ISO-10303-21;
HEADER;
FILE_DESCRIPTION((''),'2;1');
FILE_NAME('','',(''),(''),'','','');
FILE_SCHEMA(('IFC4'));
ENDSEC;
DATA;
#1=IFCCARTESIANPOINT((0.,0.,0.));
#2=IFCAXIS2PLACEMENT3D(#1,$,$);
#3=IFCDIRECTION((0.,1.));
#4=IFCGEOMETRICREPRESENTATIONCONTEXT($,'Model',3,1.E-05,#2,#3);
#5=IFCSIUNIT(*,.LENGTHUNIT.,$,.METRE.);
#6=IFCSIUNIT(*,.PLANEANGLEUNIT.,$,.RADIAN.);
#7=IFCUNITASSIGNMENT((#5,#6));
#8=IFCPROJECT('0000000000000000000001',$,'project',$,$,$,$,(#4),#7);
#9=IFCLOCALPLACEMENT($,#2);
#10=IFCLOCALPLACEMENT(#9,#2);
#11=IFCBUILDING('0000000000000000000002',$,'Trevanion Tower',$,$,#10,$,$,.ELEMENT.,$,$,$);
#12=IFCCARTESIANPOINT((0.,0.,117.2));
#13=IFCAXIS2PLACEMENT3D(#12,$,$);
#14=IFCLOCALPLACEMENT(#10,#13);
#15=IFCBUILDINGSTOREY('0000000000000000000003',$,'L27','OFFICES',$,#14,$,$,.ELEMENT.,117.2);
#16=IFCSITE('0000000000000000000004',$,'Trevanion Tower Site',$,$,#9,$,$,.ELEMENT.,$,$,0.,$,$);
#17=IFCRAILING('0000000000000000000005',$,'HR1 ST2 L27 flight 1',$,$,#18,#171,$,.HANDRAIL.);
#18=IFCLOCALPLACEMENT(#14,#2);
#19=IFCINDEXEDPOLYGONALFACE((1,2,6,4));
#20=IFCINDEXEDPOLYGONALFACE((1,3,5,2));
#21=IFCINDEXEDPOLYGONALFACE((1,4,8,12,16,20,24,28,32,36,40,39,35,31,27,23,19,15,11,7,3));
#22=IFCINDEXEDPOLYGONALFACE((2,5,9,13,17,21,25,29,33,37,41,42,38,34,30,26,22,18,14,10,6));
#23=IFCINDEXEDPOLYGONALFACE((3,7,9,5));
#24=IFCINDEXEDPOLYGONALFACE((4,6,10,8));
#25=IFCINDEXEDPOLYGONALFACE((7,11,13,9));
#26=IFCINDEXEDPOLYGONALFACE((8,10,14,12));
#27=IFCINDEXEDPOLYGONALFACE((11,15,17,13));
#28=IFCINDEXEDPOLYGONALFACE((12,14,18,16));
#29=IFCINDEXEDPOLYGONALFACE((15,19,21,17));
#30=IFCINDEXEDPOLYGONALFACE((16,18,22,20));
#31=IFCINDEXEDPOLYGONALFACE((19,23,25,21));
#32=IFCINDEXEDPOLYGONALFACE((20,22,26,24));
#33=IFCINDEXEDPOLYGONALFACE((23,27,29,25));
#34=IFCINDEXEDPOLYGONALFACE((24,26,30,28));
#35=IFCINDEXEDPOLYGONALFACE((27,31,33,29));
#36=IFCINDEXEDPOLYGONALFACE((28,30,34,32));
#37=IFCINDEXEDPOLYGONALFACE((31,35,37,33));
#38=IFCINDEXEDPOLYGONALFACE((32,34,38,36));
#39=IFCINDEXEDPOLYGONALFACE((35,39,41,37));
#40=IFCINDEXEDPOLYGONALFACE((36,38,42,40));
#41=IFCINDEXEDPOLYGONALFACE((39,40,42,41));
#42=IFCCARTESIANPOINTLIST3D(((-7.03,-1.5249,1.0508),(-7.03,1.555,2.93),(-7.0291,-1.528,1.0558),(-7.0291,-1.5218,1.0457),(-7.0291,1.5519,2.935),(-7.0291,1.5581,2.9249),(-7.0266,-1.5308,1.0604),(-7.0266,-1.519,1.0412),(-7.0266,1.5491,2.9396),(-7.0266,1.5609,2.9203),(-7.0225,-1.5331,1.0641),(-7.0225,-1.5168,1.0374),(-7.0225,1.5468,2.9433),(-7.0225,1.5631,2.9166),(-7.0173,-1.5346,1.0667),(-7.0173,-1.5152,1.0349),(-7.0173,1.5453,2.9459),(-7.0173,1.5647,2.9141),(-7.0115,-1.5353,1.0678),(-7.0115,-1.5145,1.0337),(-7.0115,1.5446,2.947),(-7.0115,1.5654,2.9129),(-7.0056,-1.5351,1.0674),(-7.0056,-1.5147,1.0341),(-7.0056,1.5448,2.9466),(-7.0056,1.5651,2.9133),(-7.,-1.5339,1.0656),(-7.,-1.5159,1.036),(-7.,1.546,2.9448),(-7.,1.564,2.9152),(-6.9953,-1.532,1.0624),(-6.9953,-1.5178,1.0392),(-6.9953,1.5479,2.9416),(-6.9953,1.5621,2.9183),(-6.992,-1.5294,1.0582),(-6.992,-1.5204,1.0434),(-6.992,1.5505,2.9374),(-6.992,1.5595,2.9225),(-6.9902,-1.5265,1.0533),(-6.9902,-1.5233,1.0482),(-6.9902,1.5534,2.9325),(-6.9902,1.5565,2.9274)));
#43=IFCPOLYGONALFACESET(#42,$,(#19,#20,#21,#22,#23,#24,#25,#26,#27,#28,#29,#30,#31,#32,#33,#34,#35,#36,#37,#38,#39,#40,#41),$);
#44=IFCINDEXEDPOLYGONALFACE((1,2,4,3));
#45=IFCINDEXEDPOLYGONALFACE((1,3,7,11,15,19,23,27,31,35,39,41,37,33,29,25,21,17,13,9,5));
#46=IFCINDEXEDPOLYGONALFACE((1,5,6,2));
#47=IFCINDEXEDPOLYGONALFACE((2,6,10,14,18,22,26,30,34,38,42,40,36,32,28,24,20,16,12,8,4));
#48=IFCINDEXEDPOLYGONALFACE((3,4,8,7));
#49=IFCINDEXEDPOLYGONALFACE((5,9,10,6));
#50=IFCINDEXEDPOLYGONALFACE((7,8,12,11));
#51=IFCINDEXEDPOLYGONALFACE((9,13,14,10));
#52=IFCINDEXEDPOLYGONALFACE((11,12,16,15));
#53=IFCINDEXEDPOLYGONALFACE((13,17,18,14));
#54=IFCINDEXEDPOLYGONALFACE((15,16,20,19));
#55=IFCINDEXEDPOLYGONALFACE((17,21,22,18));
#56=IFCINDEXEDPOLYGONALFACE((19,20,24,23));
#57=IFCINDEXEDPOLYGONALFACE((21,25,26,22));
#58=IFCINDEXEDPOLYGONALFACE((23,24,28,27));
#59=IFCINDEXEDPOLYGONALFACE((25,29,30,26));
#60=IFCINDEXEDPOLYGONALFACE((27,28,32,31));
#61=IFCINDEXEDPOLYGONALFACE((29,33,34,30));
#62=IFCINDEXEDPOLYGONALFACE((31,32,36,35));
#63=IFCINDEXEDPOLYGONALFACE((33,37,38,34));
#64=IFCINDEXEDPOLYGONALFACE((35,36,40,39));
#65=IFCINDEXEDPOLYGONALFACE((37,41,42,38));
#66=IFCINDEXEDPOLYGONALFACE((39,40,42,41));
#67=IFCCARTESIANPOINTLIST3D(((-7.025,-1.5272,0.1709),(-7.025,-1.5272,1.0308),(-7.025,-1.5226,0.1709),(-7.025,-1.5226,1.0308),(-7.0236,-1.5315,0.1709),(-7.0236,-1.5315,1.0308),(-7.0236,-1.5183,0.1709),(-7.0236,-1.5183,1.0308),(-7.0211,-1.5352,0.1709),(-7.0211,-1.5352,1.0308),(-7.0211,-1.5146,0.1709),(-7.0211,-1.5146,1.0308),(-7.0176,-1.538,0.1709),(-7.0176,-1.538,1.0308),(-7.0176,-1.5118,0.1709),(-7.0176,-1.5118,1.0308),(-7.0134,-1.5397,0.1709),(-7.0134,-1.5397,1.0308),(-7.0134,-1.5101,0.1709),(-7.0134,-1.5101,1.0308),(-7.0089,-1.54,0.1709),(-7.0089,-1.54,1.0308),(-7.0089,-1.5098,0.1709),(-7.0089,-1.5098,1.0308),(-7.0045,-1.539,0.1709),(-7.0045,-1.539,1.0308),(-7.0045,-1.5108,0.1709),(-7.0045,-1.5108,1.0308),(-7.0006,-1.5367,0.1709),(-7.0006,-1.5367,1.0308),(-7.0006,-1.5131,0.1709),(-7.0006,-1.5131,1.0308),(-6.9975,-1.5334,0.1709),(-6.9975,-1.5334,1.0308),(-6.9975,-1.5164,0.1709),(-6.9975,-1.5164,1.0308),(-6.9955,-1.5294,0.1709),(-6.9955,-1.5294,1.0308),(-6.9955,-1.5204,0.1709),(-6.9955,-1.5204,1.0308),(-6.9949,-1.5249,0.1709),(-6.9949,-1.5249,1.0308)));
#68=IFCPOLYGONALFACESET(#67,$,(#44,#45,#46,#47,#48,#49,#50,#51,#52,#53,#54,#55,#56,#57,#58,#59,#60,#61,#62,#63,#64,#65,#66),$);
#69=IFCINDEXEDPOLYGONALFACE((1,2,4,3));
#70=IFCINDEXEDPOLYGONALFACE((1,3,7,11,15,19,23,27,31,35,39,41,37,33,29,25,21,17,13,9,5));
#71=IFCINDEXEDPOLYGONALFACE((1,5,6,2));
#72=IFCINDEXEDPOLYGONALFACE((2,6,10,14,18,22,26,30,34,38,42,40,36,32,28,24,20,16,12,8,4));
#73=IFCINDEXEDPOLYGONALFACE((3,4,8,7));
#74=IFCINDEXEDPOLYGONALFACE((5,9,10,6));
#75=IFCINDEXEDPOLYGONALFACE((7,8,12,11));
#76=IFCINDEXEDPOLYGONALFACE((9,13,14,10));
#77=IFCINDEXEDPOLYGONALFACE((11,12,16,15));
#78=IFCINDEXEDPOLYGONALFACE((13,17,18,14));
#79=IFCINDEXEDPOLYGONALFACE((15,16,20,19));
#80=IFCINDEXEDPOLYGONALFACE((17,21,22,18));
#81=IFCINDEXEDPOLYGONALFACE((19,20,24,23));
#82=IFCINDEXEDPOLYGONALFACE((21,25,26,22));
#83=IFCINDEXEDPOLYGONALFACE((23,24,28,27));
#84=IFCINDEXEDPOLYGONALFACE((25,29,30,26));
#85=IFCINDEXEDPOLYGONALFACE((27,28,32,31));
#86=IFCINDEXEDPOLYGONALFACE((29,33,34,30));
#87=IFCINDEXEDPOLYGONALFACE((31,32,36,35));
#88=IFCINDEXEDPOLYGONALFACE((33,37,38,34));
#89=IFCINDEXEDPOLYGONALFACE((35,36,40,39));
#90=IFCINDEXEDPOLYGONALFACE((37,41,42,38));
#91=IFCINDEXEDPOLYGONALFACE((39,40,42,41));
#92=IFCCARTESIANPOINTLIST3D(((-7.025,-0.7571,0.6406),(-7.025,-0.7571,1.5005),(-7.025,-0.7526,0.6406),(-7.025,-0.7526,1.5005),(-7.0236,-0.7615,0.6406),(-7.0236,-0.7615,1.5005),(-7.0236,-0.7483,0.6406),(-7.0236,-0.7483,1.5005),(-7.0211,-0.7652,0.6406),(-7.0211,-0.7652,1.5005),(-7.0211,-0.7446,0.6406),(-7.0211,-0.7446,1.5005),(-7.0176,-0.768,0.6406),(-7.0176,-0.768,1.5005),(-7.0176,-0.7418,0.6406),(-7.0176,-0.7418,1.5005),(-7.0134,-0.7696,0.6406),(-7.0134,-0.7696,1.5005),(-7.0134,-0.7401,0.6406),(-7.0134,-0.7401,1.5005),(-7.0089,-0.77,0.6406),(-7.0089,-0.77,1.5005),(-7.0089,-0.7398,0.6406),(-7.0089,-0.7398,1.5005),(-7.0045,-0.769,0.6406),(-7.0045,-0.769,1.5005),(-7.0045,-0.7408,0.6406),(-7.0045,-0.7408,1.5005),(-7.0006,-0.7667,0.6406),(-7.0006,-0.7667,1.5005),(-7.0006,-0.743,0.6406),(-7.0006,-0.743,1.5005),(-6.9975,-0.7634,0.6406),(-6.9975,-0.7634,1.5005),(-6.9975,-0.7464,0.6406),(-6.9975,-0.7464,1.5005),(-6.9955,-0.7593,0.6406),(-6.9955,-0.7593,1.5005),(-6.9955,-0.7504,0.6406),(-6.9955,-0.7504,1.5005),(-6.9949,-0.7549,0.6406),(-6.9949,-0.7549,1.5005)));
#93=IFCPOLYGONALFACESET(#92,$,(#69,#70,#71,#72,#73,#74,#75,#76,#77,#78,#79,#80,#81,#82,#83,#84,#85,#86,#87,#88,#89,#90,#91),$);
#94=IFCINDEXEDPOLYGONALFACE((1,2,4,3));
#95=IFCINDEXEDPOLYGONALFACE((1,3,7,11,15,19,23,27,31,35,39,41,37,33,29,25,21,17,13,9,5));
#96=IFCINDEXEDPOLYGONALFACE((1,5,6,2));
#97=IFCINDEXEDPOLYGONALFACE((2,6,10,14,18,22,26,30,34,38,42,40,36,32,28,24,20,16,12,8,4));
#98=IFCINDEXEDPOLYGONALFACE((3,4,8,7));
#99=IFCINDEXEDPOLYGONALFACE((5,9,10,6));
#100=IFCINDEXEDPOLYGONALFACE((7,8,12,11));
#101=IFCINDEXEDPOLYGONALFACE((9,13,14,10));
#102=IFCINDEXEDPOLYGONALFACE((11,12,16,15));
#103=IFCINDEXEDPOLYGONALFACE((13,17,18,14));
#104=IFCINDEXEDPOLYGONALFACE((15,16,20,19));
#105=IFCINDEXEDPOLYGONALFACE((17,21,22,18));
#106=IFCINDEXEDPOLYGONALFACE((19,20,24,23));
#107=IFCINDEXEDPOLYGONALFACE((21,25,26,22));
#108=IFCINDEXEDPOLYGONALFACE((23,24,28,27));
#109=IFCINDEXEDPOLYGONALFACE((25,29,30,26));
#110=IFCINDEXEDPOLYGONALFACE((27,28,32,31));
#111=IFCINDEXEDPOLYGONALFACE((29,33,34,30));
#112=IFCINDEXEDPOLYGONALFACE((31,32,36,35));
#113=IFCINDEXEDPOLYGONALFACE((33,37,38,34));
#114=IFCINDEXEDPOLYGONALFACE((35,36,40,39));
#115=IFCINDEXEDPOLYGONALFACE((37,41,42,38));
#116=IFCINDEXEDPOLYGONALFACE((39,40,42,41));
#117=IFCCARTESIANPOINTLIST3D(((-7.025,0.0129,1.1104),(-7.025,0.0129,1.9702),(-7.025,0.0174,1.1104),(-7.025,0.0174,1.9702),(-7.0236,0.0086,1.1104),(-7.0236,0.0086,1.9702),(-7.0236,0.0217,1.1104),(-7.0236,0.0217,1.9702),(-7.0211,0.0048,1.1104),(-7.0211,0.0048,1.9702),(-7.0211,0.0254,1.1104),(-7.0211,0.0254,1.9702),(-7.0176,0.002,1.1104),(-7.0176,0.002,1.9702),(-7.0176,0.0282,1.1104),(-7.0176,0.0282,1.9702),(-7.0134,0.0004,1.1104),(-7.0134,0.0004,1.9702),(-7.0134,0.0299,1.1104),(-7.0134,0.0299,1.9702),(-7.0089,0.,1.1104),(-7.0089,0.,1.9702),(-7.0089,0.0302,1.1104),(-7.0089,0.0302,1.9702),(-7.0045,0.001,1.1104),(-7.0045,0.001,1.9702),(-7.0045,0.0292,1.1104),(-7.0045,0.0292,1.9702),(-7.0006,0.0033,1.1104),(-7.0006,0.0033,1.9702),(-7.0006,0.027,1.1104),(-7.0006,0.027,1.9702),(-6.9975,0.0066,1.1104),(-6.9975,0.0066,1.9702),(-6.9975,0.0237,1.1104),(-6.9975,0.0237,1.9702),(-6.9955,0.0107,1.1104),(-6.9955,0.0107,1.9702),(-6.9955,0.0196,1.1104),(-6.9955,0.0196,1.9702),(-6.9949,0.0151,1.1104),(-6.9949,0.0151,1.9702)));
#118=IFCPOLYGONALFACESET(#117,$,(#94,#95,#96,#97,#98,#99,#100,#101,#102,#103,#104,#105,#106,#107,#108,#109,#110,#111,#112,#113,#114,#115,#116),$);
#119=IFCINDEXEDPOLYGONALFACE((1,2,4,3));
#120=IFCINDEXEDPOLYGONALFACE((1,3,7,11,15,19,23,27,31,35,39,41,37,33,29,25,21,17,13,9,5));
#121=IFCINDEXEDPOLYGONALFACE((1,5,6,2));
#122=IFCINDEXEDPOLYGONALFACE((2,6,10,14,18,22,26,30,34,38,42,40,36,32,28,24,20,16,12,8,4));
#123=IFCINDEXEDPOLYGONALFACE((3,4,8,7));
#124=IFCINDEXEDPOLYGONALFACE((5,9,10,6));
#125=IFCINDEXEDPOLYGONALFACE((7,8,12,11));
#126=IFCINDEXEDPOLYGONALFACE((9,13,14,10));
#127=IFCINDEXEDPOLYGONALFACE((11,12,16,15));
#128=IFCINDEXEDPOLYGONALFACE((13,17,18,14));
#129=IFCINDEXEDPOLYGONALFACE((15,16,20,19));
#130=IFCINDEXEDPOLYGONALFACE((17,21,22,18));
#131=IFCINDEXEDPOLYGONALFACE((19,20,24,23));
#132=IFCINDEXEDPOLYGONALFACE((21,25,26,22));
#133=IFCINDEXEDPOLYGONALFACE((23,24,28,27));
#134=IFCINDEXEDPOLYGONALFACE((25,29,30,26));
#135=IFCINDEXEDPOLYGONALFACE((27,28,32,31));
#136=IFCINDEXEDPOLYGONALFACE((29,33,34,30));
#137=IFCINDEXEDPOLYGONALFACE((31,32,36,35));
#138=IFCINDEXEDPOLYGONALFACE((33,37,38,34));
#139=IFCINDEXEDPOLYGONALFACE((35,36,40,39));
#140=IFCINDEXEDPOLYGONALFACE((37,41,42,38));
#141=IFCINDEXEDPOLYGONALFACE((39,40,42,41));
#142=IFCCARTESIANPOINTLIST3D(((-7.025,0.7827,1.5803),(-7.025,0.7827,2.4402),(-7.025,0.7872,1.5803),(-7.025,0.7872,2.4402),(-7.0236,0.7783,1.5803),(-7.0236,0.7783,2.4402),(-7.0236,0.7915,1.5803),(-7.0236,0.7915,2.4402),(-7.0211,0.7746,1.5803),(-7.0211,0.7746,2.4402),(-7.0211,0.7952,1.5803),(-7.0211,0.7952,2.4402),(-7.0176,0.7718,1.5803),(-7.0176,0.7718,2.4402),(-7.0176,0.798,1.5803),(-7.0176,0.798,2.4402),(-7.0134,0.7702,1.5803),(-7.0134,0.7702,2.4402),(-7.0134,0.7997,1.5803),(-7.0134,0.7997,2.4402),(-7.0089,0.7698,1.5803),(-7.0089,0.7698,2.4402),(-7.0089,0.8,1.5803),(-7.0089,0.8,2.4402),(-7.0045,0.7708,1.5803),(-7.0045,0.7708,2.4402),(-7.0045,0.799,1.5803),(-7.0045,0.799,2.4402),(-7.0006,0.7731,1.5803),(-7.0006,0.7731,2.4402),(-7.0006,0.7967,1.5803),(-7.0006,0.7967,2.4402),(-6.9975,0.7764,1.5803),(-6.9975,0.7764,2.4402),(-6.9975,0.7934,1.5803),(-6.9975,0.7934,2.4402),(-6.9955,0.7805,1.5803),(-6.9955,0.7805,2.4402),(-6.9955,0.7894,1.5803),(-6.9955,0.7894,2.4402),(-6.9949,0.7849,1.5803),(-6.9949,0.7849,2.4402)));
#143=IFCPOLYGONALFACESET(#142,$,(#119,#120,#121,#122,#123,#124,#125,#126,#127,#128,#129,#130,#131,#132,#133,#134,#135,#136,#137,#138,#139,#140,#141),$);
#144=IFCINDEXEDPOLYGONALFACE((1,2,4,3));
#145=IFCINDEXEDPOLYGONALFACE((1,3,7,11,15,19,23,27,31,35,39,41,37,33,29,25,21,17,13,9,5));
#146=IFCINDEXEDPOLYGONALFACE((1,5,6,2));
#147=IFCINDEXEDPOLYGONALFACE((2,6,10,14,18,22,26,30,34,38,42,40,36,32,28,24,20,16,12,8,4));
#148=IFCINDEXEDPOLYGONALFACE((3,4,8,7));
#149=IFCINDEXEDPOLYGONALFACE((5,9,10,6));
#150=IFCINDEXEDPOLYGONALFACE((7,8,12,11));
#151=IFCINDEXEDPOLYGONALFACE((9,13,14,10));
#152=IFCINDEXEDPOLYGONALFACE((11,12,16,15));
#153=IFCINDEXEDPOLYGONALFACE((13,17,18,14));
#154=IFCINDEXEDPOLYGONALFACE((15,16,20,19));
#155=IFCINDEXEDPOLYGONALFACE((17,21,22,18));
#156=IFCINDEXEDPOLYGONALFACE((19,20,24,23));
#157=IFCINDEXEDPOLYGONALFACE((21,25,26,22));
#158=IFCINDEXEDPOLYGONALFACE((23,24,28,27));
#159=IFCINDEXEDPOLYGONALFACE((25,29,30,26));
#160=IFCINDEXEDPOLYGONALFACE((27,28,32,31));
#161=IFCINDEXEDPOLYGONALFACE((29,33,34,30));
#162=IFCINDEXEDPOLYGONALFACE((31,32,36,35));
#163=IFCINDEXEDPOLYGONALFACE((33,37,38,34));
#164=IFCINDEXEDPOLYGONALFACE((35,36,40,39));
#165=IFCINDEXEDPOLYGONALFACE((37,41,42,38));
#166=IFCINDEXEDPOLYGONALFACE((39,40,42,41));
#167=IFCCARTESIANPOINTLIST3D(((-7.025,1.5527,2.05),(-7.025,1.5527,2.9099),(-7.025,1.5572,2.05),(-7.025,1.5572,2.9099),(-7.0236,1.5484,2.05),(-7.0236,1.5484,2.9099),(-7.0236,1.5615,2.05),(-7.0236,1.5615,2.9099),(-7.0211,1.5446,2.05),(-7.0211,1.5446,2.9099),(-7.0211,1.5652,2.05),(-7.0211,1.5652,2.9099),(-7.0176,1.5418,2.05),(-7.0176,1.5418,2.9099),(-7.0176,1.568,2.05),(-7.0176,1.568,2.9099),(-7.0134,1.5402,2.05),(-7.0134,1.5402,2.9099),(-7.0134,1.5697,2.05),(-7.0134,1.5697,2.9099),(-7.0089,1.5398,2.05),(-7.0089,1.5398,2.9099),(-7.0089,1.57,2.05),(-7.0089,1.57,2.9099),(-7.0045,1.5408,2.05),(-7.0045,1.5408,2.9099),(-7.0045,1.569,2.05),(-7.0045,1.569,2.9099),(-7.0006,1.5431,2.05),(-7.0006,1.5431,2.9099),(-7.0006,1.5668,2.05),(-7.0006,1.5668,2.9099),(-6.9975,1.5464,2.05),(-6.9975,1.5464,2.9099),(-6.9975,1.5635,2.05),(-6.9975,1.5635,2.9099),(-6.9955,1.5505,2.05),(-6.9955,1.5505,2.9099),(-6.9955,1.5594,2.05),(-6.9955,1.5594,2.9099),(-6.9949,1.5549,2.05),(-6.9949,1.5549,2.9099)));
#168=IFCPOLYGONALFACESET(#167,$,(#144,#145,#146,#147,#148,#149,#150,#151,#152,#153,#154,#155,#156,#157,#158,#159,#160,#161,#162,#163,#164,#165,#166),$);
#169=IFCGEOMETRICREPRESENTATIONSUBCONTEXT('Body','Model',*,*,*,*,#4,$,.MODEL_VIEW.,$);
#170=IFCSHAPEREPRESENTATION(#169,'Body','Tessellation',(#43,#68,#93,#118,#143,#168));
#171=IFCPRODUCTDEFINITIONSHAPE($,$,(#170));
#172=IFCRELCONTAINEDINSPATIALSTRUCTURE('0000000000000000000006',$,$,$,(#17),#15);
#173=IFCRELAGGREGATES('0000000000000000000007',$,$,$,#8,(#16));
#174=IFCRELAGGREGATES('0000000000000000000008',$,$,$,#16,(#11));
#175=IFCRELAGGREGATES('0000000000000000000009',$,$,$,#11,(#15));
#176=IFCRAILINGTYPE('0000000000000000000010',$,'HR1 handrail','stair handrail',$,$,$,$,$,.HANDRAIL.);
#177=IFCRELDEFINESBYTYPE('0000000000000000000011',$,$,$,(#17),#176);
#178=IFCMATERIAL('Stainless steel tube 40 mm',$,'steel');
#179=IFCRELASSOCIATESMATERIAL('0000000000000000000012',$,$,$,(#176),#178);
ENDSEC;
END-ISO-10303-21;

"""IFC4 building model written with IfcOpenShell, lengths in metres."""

from ifc_helpers import new_model, si_unit, direction, frame, origin, origin_2d, place, context, subcontext, project, spatial, circle, extrude, material, type_object, element, save


model = new_model("IFC4")

# Units and contexts
model_context = context("Model", 3, precision=1e-05, world=origin(), true_north=direction((0.0, 1.0)))
body_context = subcontext(model_context, "Body", "Model", "MODEL_VIEW")
ifc_project = project(units=[si_unit("LENGTHUNIT", "METRE"), si_unit("PLANEANGLEUNIT", "RADIAN")], contexts=[model_context])

# Site, building, storey
site_placement = place(None, origin())
site = spatial("IfcSite", under=ifc_project, at=site_placement, Name="Trevanion Tower Site", CompositionType="ELEMENT", RefElevation=0.0)
building_placement = place(site_placement, origin())
building = spatial("IfcBuilding", under=site, at=building_placement, Name="Trevanion Tower", CompositionType="ELEMENT")
storey_placement = place(building_placement, frame((0.0, 0.0, 117.2)))
storey = spatial("IfcBuildingStorey", under=building, at=storey_placement, Name="L27", Description="OFFICES", CompositionType="ELEMENT", Elevation=117.2)

# Railing
ifc_material_1 = material(Name="Stainless steel tube 40 mm", Category="steel")
railing_type = type_object("IfcRailingType", Name="HR1 handrail", Description="stair handrail", PredefinedType="HANDRAIL", material=ifc_material_1)
for number, where, name in (
    (1, (-7.01, -1.5249, 0.1709), "HR1 ST2 L27 flight 1"),
):
    element("IfcRailing", number, at=place(storey_placement, frame(where)), inside=storey, type_object=railing_type, Name=name, PredefinedType="HANDRAIL", context=body_context, shape_type="SweptSolid", body=[
        extrude(circle(Radius=0.02, at=origin_2d()), frame((0.0, 0.0, 0.8799), z_axis=(0.0, 0.853648, 0.52085), x_axis=(-1.0, 0.0, 0.0)), (0.0, 0.0, 1.0), 3.6079),
        extrude(circle(Radius=0.0151, at=origin_2d()), origin(), (0.0, 0.0, 1.0), 0.8599),
        extrude(circle(Radius=0.0151, at=origin_2d()), frame((0.0, 0.77, 0.4697)), (0.0, 0.0, 1.0), 0.8599),
        extrude(circle(Radius=0.0151, at=origin_2d()), frame((0.0, 1.54, 0.9395)), (0.0, 0.0, 1.0), 0.8599),
        extrude(circle(Radius=0.0151, at=origin_2d()), frame((0.0, 2.3098, 1.4094)), (0.0, 0.0, 1.0), 0.8599),
        extrude(circle(Radius=0.0151, at=origin_2d()), frame((0.0, 3.0798, 1.8792)), (0.0, 0.0, 1.0), 0.8599),
    ])

save(model, "model.ifc")
